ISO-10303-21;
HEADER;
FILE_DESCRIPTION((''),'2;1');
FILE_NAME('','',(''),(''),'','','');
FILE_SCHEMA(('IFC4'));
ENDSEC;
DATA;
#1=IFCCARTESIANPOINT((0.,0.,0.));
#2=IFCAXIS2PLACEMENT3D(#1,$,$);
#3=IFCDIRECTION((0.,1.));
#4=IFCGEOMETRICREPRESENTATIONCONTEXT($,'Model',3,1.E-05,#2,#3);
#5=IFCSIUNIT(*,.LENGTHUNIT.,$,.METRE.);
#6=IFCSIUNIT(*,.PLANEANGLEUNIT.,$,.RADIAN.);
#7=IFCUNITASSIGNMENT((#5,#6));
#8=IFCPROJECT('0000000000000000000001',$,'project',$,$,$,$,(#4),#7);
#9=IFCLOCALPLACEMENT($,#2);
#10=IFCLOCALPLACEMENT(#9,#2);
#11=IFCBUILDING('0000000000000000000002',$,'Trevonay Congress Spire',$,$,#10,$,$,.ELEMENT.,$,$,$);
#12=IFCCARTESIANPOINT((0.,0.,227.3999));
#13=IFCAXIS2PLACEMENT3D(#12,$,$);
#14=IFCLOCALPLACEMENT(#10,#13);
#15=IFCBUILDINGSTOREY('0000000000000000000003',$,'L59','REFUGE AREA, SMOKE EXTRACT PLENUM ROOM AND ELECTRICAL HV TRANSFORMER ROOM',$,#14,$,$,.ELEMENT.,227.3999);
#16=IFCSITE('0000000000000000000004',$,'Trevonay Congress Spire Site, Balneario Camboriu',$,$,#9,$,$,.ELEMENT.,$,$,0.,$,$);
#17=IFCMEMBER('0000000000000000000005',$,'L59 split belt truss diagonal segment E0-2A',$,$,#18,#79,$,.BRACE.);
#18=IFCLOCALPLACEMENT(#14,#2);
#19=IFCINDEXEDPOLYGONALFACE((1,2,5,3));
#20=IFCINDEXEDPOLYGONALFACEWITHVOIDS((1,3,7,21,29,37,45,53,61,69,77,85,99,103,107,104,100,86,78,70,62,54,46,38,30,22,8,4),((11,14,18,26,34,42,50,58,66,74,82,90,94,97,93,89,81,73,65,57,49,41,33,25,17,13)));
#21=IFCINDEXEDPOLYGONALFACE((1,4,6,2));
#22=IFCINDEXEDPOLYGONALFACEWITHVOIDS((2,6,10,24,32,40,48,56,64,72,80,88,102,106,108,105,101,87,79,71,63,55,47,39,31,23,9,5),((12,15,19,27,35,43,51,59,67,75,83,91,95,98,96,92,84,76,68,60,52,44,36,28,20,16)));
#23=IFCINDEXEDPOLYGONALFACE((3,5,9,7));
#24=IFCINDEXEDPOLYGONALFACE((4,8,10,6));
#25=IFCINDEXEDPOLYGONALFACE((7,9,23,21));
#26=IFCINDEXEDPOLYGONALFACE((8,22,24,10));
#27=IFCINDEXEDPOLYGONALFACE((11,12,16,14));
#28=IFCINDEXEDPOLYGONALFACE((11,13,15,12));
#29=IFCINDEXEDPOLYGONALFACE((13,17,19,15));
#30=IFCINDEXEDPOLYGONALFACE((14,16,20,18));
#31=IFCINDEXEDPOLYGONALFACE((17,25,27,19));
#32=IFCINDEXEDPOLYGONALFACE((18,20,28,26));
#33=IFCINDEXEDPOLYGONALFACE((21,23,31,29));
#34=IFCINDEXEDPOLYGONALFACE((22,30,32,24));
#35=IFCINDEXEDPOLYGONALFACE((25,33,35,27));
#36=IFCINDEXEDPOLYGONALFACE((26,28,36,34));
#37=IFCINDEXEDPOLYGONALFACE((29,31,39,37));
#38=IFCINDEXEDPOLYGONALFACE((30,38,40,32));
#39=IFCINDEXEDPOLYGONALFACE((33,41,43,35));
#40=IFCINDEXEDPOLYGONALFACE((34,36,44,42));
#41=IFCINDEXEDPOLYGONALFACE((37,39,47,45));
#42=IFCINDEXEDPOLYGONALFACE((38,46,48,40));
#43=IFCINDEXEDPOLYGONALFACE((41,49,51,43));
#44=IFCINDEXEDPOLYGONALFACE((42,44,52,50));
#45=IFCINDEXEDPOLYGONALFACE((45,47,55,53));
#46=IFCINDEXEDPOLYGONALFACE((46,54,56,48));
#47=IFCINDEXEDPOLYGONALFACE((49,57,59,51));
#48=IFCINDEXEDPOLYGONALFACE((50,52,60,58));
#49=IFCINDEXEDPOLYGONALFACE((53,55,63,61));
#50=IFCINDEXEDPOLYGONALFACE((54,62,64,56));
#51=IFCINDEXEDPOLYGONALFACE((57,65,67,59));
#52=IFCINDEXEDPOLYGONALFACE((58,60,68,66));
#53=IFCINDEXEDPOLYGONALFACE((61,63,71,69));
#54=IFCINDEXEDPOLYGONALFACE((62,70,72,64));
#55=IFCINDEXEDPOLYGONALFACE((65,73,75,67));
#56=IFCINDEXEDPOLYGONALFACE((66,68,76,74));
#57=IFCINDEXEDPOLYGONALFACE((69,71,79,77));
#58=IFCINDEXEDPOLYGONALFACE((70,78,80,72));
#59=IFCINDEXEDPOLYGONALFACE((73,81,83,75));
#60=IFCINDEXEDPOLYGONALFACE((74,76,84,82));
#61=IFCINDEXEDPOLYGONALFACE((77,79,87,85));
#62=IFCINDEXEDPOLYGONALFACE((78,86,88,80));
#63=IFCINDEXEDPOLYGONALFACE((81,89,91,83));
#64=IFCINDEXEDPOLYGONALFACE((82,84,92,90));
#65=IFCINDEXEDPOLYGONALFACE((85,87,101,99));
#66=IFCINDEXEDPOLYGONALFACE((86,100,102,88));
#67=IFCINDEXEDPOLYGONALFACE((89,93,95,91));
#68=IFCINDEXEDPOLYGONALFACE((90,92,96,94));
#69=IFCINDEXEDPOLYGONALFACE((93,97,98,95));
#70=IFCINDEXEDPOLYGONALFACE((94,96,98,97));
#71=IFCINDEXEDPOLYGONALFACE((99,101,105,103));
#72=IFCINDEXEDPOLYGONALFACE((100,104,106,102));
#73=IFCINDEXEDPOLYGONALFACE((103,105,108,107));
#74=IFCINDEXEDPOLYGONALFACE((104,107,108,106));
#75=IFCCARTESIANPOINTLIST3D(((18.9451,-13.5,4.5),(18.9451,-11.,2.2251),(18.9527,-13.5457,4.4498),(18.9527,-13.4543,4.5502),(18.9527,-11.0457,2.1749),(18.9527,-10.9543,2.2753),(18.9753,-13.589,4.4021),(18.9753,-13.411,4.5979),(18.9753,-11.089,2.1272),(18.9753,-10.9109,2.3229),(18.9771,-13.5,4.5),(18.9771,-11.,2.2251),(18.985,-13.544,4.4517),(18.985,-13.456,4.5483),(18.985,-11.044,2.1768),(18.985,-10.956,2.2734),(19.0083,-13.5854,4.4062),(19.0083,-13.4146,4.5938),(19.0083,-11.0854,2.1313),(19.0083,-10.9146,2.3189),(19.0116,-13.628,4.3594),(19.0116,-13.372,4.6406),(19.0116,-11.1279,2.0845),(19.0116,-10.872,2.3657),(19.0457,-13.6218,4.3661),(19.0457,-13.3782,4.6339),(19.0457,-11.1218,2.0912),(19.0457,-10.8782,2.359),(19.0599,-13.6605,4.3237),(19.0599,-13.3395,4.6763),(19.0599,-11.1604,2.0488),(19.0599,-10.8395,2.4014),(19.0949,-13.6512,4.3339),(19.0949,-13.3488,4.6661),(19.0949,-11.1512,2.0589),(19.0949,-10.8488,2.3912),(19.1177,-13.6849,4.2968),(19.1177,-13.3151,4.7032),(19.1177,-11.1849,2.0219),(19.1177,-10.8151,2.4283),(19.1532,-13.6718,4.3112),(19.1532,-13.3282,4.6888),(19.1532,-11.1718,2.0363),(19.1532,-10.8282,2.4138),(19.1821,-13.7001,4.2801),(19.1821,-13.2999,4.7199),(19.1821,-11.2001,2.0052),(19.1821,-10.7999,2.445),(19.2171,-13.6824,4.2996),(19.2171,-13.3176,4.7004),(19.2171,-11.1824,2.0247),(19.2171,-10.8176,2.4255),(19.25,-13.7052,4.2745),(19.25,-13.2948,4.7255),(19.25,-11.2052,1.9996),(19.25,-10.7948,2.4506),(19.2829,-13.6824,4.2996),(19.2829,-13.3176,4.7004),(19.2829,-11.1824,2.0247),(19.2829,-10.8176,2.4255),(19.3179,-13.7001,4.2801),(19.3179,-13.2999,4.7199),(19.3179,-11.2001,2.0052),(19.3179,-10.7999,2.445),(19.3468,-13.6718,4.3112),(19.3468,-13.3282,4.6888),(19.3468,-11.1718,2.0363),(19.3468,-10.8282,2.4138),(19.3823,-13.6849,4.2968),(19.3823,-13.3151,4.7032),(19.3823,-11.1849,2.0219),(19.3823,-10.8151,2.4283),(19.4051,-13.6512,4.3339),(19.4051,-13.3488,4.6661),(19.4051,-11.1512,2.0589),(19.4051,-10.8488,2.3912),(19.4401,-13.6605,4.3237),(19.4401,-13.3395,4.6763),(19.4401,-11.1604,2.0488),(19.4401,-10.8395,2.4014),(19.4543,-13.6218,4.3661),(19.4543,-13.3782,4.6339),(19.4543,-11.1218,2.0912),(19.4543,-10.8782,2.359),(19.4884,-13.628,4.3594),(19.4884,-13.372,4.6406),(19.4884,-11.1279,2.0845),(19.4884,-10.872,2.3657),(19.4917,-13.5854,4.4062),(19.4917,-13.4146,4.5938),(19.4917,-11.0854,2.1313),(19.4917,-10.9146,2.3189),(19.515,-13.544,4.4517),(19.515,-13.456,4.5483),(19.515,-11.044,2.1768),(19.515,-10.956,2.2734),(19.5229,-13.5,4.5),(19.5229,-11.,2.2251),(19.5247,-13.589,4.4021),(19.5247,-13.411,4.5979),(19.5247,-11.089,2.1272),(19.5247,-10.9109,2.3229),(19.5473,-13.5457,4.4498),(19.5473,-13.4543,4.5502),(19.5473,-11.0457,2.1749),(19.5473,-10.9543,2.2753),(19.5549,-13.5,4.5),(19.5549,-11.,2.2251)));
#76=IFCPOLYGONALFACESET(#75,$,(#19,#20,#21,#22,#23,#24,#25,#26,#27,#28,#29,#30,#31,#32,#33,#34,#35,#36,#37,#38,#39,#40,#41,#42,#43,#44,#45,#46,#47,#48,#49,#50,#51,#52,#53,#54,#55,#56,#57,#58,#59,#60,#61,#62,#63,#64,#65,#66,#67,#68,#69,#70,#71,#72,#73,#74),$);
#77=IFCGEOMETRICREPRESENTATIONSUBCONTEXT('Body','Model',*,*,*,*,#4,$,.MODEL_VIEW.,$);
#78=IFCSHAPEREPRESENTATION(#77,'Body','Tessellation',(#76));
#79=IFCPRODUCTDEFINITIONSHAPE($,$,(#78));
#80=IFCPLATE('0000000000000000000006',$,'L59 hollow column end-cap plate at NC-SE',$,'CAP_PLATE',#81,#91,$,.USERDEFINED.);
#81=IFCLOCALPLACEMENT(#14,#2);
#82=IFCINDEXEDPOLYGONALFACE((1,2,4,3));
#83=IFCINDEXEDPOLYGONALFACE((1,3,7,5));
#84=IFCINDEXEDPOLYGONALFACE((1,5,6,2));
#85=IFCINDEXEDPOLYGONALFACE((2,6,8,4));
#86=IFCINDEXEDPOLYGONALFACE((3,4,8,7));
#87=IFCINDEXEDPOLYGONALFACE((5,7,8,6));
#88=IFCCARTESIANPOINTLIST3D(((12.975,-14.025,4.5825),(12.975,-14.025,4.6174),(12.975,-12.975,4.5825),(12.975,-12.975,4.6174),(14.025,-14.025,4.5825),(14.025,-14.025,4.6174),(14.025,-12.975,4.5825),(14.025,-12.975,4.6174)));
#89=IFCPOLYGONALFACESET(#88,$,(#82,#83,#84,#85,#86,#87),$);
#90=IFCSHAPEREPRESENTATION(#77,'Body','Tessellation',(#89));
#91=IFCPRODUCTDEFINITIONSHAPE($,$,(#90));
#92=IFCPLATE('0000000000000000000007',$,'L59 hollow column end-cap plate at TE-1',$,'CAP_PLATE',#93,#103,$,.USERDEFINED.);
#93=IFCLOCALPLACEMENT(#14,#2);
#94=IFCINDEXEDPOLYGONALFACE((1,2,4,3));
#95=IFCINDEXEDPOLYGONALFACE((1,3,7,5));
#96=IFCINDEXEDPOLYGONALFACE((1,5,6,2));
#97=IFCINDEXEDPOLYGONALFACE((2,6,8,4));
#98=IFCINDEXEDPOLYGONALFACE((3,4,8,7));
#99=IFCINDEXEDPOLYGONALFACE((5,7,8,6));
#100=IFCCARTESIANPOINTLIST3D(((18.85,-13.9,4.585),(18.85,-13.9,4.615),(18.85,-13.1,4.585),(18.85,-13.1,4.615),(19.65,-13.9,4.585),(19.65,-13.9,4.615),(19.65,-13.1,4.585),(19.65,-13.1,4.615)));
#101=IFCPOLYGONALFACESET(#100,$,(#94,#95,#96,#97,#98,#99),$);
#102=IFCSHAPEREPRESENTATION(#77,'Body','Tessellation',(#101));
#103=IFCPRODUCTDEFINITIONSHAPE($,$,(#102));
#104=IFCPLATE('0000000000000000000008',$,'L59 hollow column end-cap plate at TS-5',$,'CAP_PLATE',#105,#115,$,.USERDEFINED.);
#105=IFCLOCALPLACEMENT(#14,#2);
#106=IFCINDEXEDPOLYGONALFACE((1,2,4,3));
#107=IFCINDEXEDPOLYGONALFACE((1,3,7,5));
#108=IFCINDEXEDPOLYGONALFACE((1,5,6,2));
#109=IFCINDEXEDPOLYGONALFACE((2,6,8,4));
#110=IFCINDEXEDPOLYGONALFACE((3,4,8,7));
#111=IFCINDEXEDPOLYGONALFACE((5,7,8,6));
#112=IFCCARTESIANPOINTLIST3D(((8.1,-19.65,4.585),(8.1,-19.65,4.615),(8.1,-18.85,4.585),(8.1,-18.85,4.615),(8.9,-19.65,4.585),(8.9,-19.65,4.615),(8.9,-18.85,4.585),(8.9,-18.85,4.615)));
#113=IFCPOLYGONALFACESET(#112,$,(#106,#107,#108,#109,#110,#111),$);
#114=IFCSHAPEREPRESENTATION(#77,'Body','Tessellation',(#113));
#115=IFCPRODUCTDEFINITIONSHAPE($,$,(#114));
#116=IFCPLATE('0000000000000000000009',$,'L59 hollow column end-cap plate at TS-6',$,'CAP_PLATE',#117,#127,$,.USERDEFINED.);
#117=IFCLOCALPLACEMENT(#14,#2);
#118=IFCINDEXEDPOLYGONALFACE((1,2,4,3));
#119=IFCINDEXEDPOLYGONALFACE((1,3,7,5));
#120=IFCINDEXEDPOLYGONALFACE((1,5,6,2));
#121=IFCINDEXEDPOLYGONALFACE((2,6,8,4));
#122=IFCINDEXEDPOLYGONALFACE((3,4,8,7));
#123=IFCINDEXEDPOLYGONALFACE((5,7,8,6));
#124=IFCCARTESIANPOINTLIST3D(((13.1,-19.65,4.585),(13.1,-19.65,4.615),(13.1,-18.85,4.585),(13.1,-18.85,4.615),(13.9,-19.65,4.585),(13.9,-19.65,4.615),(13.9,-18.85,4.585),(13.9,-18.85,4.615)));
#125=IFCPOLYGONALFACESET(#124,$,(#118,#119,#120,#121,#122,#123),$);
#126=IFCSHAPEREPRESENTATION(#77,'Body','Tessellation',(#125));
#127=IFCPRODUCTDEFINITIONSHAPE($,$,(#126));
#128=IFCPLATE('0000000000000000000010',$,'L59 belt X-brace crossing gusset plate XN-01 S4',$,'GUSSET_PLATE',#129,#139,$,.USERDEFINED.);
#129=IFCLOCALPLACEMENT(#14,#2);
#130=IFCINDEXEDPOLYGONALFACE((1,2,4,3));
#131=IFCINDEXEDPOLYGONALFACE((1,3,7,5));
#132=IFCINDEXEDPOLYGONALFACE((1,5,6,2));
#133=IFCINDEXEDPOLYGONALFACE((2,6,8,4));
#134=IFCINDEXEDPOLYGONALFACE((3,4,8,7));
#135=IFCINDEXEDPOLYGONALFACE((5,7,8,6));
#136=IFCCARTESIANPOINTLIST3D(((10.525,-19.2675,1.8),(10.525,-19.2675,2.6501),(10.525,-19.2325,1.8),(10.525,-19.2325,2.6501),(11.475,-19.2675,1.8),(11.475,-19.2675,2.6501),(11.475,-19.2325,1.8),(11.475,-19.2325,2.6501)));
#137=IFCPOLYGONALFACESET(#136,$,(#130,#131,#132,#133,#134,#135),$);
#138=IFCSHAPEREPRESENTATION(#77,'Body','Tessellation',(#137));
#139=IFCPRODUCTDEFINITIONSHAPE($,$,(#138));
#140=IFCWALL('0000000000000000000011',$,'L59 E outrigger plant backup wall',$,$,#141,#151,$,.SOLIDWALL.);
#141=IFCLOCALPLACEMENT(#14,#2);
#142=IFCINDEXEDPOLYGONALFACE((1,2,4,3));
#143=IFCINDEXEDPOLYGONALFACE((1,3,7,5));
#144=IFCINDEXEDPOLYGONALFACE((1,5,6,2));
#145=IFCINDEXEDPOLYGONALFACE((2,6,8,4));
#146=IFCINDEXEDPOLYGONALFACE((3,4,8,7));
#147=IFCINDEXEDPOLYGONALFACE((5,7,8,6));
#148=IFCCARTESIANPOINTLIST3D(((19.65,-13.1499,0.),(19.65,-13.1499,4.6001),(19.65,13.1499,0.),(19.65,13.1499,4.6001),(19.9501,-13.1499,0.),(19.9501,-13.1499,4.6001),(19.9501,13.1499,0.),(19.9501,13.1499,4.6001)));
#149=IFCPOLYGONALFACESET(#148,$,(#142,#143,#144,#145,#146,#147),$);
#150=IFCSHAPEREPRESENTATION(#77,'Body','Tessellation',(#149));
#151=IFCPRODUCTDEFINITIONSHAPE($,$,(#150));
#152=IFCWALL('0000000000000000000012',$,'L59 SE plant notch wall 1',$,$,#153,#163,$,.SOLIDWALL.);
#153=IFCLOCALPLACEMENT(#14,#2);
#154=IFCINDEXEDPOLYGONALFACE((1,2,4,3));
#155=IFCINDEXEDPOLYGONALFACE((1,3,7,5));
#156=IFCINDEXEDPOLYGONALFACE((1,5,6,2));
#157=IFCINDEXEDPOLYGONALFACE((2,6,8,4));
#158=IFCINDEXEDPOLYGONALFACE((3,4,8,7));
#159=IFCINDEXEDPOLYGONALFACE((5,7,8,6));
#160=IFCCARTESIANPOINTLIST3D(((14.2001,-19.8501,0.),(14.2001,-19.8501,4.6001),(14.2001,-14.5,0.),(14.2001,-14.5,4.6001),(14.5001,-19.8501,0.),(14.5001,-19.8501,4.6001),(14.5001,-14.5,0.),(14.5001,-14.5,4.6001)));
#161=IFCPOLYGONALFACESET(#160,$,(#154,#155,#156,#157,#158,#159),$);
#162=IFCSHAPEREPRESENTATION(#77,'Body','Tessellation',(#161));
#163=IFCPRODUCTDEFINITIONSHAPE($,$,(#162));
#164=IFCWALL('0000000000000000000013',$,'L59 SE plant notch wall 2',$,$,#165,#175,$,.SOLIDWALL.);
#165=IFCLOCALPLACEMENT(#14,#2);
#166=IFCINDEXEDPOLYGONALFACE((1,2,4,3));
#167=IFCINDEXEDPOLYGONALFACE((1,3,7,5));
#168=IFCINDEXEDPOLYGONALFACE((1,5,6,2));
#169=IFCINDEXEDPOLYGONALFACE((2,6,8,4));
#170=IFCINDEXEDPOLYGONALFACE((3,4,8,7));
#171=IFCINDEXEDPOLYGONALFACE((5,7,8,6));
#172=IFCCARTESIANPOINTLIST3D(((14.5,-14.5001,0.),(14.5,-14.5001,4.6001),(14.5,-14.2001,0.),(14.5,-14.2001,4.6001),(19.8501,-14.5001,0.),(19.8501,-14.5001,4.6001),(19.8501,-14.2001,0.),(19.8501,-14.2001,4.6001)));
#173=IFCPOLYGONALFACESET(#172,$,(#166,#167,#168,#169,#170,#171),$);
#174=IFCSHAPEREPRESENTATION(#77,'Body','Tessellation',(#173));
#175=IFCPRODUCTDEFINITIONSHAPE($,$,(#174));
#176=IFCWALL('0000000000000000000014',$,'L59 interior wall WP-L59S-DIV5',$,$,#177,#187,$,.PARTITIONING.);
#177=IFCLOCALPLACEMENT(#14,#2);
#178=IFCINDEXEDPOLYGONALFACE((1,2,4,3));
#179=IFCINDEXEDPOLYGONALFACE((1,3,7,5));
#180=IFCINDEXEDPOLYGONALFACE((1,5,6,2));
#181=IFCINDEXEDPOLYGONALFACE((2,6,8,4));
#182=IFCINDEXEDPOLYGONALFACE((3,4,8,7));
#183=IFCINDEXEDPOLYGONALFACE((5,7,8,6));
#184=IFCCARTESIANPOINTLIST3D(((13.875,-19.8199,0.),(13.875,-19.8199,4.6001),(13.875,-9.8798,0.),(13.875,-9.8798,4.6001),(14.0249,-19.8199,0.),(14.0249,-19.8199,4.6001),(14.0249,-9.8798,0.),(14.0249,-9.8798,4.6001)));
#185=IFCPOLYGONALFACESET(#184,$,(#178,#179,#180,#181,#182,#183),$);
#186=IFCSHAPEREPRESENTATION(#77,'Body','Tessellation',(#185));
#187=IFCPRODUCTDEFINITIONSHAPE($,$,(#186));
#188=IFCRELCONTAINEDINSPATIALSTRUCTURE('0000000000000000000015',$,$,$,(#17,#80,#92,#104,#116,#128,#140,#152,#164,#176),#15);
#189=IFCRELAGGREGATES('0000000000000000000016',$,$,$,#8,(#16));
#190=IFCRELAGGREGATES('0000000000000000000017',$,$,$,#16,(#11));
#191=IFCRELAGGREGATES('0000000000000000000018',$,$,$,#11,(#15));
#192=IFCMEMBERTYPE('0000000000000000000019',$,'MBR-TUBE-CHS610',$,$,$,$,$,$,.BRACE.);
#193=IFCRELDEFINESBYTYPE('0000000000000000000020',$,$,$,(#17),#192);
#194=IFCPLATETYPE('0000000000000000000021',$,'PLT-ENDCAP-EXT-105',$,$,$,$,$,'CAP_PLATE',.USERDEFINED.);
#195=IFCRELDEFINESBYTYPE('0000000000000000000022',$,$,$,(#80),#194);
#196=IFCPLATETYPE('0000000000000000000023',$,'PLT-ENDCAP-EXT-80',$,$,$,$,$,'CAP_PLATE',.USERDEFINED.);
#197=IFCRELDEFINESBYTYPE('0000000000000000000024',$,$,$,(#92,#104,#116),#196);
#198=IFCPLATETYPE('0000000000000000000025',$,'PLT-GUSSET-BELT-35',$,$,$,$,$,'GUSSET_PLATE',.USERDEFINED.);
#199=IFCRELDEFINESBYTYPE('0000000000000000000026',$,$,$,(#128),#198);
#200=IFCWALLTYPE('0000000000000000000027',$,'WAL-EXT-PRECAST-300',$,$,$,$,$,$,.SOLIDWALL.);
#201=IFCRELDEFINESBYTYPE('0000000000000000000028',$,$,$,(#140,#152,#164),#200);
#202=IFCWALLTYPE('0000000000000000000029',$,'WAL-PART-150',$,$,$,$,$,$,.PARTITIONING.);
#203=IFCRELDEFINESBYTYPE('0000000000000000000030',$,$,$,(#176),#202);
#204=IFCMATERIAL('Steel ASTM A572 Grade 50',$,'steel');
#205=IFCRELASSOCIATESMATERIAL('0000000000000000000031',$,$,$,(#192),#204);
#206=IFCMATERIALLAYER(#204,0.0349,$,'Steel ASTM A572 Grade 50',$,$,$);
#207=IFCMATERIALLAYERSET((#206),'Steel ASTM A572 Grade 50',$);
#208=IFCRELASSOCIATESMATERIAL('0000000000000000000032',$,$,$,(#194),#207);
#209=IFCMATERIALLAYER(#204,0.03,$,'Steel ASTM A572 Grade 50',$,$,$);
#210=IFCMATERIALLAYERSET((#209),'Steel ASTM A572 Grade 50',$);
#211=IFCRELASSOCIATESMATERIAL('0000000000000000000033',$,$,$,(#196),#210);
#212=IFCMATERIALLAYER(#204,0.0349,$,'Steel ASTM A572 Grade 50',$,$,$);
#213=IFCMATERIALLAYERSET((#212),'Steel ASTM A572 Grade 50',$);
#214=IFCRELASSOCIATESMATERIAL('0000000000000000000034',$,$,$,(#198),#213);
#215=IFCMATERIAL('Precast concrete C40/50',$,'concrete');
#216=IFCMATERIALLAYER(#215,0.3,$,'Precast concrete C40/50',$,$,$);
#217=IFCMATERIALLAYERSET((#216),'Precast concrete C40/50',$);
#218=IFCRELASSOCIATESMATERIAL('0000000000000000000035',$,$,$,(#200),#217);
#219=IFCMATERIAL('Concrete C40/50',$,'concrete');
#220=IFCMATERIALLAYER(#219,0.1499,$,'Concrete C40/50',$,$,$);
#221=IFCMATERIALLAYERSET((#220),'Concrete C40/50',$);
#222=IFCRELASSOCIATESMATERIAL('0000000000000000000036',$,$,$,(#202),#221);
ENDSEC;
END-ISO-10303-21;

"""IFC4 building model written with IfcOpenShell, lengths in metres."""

from ifc_helpers import new_model, si_unit, direction, frame, frame_2d, origin, origin_2d, place, context, subcontext, project, spatial, rectangle, hollow_circle, extrude, material, layer, layer_set, material_profile, profile_set, type_object, element, save


model = new_model("IFC4")

# Units and contexts
model_context = context("Model", 3, precision=1e-05, world=origin(), true_north=direction((0.0, 1.0)))
body_context = subcontext(model_context, "Body", "Model", "MODEL_VIEW")
ifc_project = project(units=[si_unit("LENGTHUNIT", "METRE"), si_unit("PLANEANGLEUNIT", "RADIAN")], contexts=[model_context])

# Site, building, storey
site_placement = place(None, origin())
site = spatial("IfcSite", under=ifc_project, at=site_placement, Name="Trevonay Congress Spire Site, Balneario Camboriu", CompositionType="ELEMENT", RefElevation=0.0)
building_placement = place(site_placement, origin())
building = spatial("IfcBuilding", under=site, at=building_placement, Name="Trevonay Congress Spire", CompositionType="ELEMENT")
storey_placement = place(building_placement, frame((0.0, 0.0, 227.3999)))
storey = spatial("IfcBuildingStorey", under=building, at=storey_placement, Name="L59", Description="REFUGE AREA, SMOKE EXTRACT PLENUM ROOM AND ELECTRICAL HV TRANSFORMER ROOM", CompositionType="ELEMENT", Elevation=227.3999)

# Shared definitions
ifc_material_1 = material(Name="Steel ASTM A572 Grade 50", Category="steel")

# Member
ifc_material_profile_1 = material_profile(ifc_material_1, hollow_circle(Radius=0.3049, WallThickness=0.032, at=origin_2d()), Name="CHS 610x32")
ifc_profile_set_1 = profile_set([ifc_material_profile_1], Name="Steel ASTM A572 Grade 50")
member_type = type_object("IfcMemberType", Name="MBR-TUBE-CHS610", PredefinedType="BRACE", material=ifc_profile_set_1)
member_1_placement = place(storey_placement, frame((19.25, -13.5, 4.5), z_axis=(0.0, 0.73962, -0.673025), x_axis=(-1.0, 0.0, 0.0)))
element("IfcMember", 1, at=member_1_placement, inside=storey, type_object=member_type, Name="L59 split belt truss diagonal segment E0-2A", PredefinedType="BRACE", context=body_context, shape_type="SweptSolid", body=[
    extrude(hollow_circle(Radius=0.3049, WallThickness=0.032, at=origin_2d()), origin(), (0.0, 0.0, 1.0), 3.3801),
])

# Plates
ifc_layer_1 = layer(ifc_material_1, 0.0349, Name="Steel ASTM A572 Grade 50")
ifc_layer_set_1 = layer_set([ifc_layer_1], Name="Steel ASTM A572 Grade 50")
plate_type_1 = type_object("IfcPlateType", Name="PLT-ENDCAP-EXT-105", ElementType="CAP_PLATE", PredefinedType="USERDEFINED", material=ifc_layer_set_1)
plate_1_placement = place(storey_placement, frame((13.5, -13.5, 4.5825), z_axis=(0.0, 0.0, 1.0), x_axis=(1.0, 0.0, 0.0)))
element("IfcPlate", 2, at=plate_1_placement, inside=storey, type_object=plate_type_1, Name="L59 hollow column end-cap plate at NC-SE", ObjectType="CAP_PLATE", PredefinedType="USERDEFINED", context=body_context, shape_type="SweptSolid", body=[
    extrude(rectangle(XDim=1.05, YDim=1.05, at=origin_2d()), origin(), (0.0, 0.0, 1.0), 0.0349),
])
ifc_layer_2 = layer(ifc_material_1, 0.03, Name="Steel ASTM A572 Grade 50")
ifc_layer_set_2 = layer_set([ifc_layer_2], Name="Steel ASTM A572 Grade 50")
plate_type_2 = type_object("IfcPlateType", Name="PLT-ENDCAP-EXT-80", ElementType="CAP_PLATE", PredefinedType="USERDEFINED", material=ifc_layer_set_2)
for number, where, z_axis, x_axis, name in (
    (3, (19.25, -13.5, 4.585), (0.0, 0.0, 1.0), (1.0, 0.0, 0.0), "L59 hollow column end-cap plate at TE-1"),
    (4, (8.5, -19.25, 4.585), (0.0, 0.0, 1.0), (1.0, 0.0, 0.0), "L59 hollow column end-cap plate at TS-5"),
    (5, (13.5, -19.25, 4.585), (0.0, 0.0, 1.0), (1.0, 0.0, 0.0), "L59 hollow column end-cap plate at TS-6"),
):
    element("IfcPlate", number, at=place(storey_placement, frame(where, z_axis=z_axis, x_axis=x_axis)), inside=storey, type_object=plate_type_2, Name=name, ObjectType="CAP_PLATE", PredefinedType="USERDEFINED", context=body_context, shape_type="SweptSolid", body=[
        extrude(rectangle(XDim=0.8, YDim=0.8, at=origin_2d()), origin(), (0.0, 0.0, 1.0), 0.03),
    ])
ifc_layer_3 = layer(ifc_material_1, 0.0349, Name="Steel ASTM A572 Grade 50")
ifc_layer_set_3 = layer_set([ifc_layer_3], Name="Steel ASTM A572 Grade 50")
plate_type_3 = type_object("IfcPlateType", Name="PLT-GUSSET-BELT-35", ElementType="GUSSET_PLATE", PredefinedType="USERDEFINED", material=ifc_layer_set_3)
plate_2_placement = place(storey_placement, frame((11.0, -19.25, 1.8), z_axis=(0.0, 0.0, 1.0), x_axis=(1.0, 0.0, 0.0)))
element("IfcPlate", 6, at=plate_2_placement, inside=storey, type_object=plate_type_3, Name="L59 belt X-brace crossing gusset plate XN-01 S4", ObjectType="GUSSET_PLATE", PredefinedType="USERDEFINED", context=body_context, shape_type="SweptSolid", body=[
    extrude(rectangle(XDim=0.95, YDim=0.0349, at=origin_2d()), origin(), (0.0, 0.0, 1.0), 0.8501),
])

# Walls
ifc_material_2 = material(Name="Precast concrete C40/50", Category="concrete")
ifc_layer_4 = layer(ifc_material_2, 0.3, Name="Precast concrete C40/50")
ifc_layer_set_4 = layer_set([ifc_layer_4], Name="Precast concrete C40/50")
wall_type_1 = type_object("IfcWallType", Name="WAL-EXT-PRECAST-300", PredefinedType="SOLIDWALL", material=ifc_layer_set_4)
wall_1_placement = place(storey_placement, frame((19.8, -13.1499, 0.0), z_axis=(0.0, 0.0, 1.0), x_axis=(0.0, 1.0, 0.0)))
element("IfcWall", 7, at=wall_1_placement, inside=storey, type_object=wall_type_1, Name="L59 E outrigger plant backup wall", PredefinedType="SOLIDWALL", context=body_context, shape_type="SweptSolid", body=[
    extrude(rectangle(XDim=26.2998, YDim=0.3, at=frame_2d((13.1499, 0.0))), origin(), (0.0, 0.0, 1.0), 4.6001),
])
for number, where, z_axis, x_axis, name in (
    (8, (14.3501, -19.8501, 0.0), (0.0, 0.0, 1.0), (0.0, 1.0, 0.0), "L59 SE plant notch wall 1"),
    (9, (19.8501, -14.3501, 0.0), (0.0, 0.0, 1.0), (-1.0, 0.0, 0.0), "L59 SE plant notch wall 2"),
):
    element("IfcWall", number, at=place(storey_placement, frame(where, z_axis=z_axis, x_axis=x_axis)), inside=storey, type_object=wall_type_1, Name=name, PredefinedType="SOLIDWALL", context=body_context, shape_type="SweptSolid", body=[
        extrude(rectangle(XDim=5.3501, YDim=0.3, at=frame_2d((2.675, 0.0))), origin(), (0.0, 0.0, 1.0), 4.6001),
    ])
ifc_material_3 = material(Name="Concrete C40/50", Category="concrete")
ifc_layer_5 = layer(ifc_material_3, 0.1499, Name="Concrete C40/50")
ifc_layer_set_5 = layer_set([ifc_layer_5], Name="Concrete C40/50")
wall_type_2 = type_object("IfcWallType", Name="WAL-PART-150", PredefinedType="PARTITIONING", material=ifc_layer_set_5)
wall_2_placement = place(storey_placement, frame((13.95, -19.8201, 0.0), z_axis=(0.0, 0.0, 1.0), x_axis=(0.0, 1.0, 0.0)))
element("IfcWall", 10, at=wall_2_placement, inside=storey, type_object=wall_type_2, Name="L59 interior wall WP-L59S-DIV5", PredefinedType="PARTITIONING", context=body_context, shape_type="SweptSolid", body=[
    extrude(rectangle(XDim=9.9402, YDim=0.1499, at=frame_2d((4.9702, 0.0))), origin(), (0.0, 0.0, 1.0), 4.6001),
])

save(model, "model.ifc")
